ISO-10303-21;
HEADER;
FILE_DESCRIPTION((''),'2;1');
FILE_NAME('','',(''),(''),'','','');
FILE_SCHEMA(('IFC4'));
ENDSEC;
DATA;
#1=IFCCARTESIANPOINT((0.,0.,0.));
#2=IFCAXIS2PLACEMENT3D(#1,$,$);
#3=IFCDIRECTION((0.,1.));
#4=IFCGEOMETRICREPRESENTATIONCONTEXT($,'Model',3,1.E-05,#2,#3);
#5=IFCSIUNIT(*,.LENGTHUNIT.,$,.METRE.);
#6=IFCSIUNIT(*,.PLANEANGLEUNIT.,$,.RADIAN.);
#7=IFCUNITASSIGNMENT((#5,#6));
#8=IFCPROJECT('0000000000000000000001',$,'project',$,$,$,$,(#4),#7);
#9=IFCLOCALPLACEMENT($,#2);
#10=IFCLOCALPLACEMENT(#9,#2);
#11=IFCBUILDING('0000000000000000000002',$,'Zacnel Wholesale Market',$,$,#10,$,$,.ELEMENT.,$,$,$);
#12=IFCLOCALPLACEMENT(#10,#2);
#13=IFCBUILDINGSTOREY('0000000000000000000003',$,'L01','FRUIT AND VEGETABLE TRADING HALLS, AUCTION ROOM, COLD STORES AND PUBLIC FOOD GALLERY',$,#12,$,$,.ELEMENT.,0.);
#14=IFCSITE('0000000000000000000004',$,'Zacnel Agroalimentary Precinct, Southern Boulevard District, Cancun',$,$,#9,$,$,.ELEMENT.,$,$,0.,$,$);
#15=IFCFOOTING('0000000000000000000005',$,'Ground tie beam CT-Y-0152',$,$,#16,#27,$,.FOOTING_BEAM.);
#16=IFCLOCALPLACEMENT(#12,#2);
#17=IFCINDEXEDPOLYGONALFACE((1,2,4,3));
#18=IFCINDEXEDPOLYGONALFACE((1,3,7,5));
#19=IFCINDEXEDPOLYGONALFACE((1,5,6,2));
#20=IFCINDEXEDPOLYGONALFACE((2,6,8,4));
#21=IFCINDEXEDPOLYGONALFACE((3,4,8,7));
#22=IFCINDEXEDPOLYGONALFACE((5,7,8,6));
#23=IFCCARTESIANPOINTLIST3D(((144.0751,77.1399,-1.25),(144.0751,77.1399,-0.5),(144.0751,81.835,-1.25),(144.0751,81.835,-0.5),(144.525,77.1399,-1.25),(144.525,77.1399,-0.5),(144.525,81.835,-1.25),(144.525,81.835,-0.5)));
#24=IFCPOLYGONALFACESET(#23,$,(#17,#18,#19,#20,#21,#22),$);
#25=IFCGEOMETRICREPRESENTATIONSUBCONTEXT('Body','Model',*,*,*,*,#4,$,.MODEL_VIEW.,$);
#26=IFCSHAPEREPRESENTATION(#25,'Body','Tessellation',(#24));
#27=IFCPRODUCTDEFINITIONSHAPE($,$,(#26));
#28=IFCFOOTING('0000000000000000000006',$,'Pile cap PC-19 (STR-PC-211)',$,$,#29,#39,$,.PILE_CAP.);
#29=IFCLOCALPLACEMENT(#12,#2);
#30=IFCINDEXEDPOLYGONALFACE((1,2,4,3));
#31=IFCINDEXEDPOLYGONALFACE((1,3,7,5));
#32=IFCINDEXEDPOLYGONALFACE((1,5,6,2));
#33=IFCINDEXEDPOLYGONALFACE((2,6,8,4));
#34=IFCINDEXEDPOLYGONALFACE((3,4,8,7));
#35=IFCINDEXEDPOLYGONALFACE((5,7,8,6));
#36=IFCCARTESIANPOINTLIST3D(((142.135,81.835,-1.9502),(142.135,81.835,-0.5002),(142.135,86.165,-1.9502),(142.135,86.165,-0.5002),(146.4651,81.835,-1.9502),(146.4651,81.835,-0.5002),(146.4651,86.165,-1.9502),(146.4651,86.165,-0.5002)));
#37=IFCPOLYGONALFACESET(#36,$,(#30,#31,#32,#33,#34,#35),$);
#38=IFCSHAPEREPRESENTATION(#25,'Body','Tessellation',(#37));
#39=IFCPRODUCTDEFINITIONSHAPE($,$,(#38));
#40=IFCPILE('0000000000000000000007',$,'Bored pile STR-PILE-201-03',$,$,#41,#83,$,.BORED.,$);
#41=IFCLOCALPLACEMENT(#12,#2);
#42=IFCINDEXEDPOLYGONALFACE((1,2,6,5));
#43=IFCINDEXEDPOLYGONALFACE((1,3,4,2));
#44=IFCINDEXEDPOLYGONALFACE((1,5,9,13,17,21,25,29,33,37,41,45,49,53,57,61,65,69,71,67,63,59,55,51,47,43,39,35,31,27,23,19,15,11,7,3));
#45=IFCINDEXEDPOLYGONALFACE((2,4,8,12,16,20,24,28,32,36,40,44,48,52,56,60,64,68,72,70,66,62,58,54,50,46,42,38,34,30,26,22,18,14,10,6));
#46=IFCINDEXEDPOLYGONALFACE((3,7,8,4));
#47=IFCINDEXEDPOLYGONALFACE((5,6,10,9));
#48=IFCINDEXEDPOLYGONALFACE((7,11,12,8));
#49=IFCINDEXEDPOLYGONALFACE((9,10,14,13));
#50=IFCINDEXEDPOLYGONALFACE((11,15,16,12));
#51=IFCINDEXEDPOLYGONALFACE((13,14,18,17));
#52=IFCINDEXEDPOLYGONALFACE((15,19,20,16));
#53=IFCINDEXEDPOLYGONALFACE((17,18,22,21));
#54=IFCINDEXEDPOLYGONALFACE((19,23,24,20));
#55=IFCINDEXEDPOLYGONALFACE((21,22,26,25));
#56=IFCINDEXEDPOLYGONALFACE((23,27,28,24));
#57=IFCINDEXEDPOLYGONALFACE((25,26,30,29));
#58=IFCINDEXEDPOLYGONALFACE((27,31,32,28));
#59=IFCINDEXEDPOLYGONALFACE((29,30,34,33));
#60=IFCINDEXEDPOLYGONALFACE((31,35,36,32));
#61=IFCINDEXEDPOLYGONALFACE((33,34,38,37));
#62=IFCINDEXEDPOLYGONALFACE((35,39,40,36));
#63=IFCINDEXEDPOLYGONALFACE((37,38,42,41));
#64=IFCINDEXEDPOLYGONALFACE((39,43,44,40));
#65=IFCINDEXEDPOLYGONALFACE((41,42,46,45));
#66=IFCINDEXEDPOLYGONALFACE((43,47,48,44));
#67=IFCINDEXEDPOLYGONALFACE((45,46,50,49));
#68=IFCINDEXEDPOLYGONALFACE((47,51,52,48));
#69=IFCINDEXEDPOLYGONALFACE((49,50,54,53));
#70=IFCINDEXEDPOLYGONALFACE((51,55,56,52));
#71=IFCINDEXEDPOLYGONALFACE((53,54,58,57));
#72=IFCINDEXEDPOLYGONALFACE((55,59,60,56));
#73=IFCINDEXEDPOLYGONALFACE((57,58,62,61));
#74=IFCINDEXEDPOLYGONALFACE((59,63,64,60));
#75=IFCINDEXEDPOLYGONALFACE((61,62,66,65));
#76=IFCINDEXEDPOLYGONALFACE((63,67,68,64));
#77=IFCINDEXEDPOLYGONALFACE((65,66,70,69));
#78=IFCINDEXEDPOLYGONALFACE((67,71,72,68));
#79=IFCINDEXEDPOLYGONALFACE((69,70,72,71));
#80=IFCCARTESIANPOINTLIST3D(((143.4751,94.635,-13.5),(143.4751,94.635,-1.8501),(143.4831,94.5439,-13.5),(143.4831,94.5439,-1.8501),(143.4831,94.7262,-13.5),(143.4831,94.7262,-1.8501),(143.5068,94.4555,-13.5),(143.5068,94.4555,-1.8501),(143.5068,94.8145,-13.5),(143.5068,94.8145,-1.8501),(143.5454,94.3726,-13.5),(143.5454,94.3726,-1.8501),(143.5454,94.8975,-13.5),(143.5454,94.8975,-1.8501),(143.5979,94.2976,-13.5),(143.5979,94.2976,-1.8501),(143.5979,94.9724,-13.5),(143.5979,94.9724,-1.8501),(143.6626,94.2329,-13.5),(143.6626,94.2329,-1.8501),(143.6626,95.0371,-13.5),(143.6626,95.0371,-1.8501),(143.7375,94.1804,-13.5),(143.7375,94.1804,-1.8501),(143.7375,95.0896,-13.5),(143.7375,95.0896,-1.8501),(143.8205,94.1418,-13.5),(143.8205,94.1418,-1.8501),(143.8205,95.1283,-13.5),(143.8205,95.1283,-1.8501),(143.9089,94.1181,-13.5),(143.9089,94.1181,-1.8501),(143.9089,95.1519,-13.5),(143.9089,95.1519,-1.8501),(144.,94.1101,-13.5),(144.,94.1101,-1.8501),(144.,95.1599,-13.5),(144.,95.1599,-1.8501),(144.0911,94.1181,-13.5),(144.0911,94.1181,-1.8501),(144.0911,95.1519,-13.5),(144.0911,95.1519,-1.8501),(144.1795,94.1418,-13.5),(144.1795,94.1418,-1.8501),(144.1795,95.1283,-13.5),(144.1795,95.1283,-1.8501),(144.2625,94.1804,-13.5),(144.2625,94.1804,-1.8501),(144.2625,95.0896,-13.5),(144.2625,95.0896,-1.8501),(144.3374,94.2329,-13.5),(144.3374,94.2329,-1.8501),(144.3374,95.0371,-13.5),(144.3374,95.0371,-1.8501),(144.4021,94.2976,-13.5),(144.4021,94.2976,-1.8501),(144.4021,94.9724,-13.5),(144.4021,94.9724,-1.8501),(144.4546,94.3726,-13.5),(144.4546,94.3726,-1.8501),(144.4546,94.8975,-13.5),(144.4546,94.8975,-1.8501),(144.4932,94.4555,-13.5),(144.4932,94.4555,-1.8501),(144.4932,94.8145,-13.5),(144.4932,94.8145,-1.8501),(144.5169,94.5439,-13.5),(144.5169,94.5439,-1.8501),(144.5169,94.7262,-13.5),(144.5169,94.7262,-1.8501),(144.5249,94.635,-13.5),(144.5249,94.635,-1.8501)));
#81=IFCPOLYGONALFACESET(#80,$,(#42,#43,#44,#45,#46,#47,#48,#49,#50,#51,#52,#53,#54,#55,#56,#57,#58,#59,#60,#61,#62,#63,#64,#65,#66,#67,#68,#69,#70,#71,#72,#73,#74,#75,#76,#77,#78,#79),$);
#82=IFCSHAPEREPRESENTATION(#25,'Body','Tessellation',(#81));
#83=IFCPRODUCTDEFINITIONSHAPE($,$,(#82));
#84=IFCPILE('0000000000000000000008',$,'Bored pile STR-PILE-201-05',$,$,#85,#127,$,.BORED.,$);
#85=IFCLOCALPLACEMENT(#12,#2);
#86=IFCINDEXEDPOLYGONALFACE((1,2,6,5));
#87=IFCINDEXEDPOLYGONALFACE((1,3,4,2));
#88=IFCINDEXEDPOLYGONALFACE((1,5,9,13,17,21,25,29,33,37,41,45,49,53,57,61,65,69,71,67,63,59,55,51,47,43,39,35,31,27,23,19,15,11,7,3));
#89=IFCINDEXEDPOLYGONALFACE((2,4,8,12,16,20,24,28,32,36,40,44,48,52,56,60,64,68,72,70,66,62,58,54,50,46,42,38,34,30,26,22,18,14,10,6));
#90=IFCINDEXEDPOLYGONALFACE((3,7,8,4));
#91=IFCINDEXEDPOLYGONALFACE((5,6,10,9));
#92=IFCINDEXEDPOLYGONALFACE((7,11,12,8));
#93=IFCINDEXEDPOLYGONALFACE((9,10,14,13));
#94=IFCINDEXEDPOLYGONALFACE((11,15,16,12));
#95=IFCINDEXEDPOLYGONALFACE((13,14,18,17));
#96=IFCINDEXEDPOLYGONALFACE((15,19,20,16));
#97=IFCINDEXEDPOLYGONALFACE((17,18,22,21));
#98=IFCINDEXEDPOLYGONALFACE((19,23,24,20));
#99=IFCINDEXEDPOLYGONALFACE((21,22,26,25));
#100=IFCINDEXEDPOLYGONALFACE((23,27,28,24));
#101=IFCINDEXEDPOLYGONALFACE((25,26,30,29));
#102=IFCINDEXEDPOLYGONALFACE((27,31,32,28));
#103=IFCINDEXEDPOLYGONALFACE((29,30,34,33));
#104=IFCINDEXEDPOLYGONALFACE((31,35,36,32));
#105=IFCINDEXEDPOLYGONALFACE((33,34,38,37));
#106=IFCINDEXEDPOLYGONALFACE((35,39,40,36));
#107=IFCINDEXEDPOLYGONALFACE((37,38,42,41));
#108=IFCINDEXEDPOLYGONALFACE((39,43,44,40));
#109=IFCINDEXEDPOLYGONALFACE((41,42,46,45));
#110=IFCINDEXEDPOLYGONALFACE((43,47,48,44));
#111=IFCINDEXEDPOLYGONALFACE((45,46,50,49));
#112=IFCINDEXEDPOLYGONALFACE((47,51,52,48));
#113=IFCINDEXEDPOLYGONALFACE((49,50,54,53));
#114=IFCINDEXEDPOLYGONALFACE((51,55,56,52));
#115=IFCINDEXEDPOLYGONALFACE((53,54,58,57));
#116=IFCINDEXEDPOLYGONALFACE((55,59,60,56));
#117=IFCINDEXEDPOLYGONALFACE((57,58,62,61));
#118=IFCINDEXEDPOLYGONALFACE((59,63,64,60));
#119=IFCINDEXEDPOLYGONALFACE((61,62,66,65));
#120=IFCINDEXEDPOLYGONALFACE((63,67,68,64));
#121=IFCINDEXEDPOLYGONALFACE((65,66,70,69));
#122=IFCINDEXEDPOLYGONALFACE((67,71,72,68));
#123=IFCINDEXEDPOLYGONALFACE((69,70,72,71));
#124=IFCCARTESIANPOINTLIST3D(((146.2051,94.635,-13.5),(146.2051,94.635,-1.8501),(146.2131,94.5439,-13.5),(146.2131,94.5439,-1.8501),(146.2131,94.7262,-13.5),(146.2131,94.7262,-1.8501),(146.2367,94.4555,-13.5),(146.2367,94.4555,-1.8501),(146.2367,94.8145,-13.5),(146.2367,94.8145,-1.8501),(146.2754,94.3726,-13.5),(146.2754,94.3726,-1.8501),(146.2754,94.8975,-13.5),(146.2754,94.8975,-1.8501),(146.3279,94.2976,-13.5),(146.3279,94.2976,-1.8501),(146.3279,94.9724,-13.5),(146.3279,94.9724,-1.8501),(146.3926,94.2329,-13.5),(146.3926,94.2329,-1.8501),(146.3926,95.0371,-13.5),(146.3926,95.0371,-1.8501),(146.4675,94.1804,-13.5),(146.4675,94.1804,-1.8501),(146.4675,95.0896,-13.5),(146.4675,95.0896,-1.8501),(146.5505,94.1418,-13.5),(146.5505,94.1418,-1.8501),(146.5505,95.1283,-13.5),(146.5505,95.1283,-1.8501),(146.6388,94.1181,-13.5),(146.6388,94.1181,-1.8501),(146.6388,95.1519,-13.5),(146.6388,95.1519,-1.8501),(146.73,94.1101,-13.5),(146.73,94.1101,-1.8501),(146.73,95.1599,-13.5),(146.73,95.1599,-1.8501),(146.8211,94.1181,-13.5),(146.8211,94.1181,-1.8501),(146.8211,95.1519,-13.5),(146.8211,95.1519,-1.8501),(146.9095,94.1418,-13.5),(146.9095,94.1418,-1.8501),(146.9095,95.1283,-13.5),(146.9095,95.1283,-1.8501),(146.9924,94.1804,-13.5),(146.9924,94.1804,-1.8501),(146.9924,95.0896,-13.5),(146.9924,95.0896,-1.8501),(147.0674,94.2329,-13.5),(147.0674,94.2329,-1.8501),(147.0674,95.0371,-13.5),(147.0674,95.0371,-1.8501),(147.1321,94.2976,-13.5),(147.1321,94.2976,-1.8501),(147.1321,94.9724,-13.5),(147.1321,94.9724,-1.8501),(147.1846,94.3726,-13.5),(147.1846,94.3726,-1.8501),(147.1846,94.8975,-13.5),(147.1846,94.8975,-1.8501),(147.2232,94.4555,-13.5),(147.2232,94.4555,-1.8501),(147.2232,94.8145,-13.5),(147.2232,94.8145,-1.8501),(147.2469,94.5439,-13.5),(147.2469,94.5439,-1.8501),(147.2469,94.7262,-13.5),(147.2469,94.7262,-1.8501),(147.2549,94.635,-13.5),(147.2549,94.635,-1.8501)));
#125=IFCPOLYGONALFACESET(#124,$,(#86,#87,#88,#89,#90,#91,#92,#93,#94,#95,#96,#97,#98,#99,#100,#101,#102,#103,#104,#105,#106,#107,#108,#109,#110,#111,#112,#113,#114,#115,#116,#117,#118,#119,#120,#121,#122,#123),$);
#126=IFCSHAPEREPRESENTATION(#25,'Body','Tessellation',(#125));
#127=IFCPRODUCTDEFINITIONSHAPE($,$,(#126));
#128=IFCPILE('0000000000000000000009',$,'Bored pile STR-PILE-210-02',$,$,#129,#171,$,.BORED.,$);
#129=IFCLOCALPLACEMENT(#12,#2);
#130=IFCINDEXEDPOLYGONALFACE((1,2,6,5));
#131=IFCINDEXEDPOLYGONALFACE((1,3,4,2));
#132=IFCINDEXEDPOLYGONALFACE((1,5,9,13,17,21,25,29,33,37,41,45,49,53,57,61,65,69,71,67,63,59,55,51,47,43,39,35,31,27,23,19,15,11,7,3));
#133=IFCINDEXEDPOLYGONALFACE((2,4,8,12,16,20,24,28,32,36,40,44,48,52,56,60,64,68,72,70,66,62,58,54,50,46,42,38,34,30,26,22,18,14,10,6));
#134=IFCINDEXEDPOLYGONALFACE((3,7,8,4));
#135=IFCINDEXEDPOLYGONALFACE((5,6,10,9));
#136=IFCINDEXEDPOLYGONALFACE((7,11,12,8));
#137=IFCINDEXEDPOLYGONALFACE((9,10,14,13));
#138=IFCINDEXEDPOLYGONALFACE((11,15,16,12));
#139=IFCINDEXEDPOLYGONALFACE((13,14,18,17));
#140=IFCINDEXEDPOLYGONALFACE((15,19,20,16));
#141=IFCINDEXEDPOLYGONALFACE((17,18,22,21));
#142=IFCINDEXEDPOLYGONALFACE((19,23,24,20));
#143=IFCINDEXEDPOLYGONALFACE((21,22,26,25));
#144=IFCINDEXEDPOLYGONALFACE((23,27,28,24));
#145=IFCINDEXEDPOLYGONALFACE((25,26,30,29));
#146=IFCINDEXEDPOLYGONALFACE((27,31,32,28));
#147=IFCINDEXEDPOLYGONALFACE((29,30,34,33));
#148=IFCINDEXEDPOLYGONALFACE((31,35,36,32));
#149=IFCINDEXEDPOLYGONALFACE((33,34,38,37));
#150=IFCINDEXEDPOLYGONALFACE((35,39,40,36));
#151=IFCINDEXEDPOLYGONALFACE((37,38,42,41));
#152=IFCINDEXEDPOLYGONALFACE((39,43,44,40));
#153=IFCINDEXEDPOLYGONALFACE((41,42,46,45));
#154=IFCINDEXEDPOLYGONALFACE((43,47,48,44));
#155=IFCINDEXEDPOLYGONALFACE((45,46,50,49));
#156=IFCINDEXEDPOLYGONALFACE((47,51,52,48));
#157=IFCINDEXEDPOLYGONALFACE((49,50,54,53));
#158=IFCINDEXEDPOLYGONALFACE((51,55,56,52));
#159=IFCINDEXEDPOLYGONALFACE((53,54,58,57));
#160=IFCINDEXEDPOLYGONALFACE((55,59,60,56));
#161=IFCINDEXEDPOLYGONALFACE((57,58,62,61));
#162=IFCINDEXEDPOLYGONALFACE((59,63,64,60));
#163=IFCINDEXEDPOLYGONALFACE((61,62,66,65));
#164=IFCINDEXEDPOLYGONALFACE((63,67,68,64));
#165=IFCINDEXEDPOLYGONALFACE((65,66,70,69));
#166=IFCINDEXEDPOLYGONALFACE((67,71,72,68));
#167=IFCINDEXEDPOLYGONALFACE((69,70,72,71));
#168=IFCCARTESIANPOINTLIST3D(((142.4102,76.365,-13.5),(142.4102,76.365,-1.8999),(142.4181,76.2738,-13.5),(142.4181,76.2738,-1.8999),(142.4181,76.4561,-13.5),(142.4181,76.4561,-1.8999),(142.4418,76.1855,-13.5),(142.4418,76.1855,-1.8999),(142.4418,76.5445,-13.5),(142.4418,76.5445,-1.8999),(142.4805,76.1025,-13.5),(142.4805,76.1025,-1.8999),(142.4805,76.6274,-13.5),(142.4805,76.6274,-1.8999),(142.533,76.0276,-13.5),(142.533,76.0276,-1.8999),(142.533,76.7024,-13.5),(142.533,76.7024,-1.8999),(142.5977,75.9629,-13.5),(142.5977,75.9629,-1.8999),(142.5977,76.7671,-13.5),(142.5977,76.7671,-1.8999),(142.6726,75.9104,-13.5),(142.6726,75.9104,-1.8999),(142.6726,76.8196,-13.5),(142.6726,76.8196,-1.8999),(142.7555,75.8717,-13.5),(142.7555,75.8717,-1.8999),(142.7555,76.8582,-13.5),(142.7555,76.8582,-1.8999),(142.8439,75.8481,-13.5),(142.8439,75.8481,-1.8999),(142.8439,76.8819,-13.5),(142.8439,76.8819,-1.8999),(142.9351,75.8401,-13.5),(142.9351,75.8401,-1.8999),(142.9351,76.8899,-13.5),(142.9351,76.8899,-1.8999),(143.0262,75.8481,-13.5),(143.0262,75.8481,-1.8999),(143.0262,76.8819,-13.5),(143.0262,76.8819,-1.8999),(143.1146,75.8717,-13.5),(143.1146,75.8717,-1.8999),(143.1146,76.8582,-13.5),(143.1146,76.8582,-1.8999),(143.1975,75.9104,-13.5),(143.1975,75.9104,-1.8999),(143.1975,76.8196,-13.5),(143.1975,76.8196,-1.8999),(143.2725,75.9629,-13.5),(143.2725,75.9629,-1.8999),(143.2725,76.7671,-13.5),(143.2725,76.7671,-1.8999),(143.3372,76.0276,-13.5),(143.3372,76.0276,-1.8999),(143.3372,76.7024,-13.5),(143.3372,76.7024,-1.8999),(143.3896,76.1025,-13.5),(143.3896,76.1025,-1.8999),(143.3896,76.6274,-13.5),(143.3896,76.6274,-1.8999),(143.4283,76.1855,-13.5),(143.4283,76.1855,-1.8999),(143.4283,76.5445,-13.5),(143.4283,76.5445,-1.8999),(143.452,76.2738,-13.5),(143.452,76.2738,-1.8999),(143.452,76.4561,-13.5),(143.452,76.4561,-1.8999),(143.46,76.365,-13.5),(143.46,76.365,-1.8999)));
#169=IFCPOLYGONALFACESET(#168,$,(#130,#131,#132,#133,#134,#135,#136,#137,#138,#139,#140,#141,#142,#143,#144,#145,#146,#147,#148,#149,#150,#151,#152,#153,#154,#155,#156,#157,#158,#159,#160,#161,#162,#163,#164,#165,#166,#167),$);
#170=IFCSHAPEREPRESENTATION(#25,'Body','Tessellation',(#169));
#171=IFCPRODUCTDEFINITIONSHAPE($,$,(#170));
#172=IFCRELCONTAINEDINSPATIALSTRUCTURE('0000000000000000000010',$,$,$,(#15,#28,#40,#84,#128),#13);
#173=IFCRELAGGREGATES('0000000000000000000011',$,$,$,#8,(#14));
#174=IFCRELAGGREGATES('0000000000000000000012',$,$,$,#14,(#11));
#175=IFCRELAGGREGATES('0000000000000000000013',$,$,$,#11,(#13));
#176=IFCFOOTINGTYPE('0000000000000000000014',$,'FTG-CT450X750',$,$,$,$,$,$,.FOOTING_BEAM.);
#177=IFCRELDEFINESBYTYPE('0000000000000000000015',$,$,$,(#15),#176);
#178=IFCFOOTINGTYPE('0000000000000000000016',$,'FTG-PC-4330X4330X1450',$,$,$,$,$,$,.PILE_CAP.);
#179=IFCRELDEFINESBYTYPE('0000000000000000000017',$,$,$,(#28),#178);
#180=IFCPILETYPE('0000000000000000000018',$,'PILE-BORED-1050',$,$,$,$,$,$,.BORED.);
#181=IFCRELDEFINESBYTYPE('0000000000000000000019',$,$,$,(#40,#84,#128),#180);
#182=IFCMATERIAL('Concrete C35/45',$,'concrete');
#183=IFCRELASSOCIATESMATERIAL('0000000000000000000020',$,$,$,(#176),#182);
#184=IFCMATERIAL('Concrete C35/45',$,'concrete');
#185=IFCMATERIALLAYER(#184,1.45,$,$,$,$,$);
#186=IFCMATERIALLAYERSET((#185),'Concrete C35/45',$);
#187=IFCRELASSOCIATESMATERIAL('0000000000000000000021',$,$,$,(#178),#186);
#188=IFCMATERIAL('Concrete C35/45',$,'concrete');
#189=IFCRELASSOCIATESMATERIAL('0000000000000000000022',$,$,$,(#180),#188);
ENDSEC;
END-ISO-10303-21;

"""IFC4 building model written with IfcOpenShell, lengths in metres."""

from ifc_helpers import new_model, si_unit, direction, frame, origin, origin_2d, place, context, subcontext, project, spatial, rectangle, circle, extrude, material, layer, layer_set, material_profile, profile_set, type_object, element, save


model = new_model("IFC4")

# Units and contexts
model_context = context("Model", 3, precision=1e-05, world=origin(), true_north=direction((0.0, 1.0)))
body_context = subcontext(model_context, "Body", "Model", "MODEL_VIEW")
ifc_project = project(units=[si_unit("LENGTHUNIT", "METRE"), si_unit("PLANEANGLEUNIT", "RADIAN")], contexts=[model_context])

# Site, building, storey
site_placement = place(None, origin())
site = spatial("IfcSite", under=ifc_project, at=site_placement, Name="Zacnel Agroalimentary Precinct, Southern Boulevard District, Cancun", CompositionType="ELEMENT", RefElevation=0.0)
building_placement = place(site_placement, origin())
building = spatial("IfcBuilding", under=site, at=building_placement, Name="Zacnel Wholesale Market", CompositionType="ELEMENT")
storey_placement = place(building_placement, origin())
storey = spatial("IfcBuildingStorey", under=building, at=storey_placement, Name="L01", Description="FRUIT AND VEGETABLE TRADING HALLS, AUCTION ROOM, COLD STORES AND PUBLIC FOOD GALLERY", CompositionType="ELEMENT", Elevation=0.0)

# Footings
ifc_material_1 = material(Name="Concrete C35/45", Category="concrete")
ifc_material_profile_1 = material_profile(ifc_material_1, rectangle(XDim=0.45, YDim=0.75, at=origin_2d()), Name="CT 450x750")
ifc_profile_set_1 = profile_set([ifc_material_profile_1], Name="Concrete C35/45")
footing_type_1 = type_object("IfcFootingType", Name="FTG-CT450X750", PredefinedType="FOOTING_BEAM", material=ifc_profile_set_1)
footing_1_placement = place(storey_placement, frame((144.3, 77.1399, -0.875), z_axis=(0.0, 1.0, 0.0), x_axis=(-1.0, 0.0, 0.0)))
element("IfcFooting", 1, at=footing_1_placement, inside=storey, type_object=footing_type_1, Name="Ground tie beam CT-Y-0152", PredefinedType="FOOTING_BEAM", context=body_context, shape_type="SweptSolid", body=[
    extrude(rectangle(XDim=0.45, YDim=0.75, at=origin_2d()), origin(), (0.0, 0.0, 1.0), 4.6951),
])
ifc_material_2 = material(Name="Concrete C35/45", Category="concrete")
ifc_layer_1 = layer(ifc_material_2, 1.45)
ifc_layer_set_1 = layer_set([ifc_layer_1], Name="Concrete C35/45")
footing_type_2 = type_object("IfcFootingType", Name="FTG-PC-4330X4330X1450", PredefinedType="PILE_CAP", material=ifc_layer_set_1)
footing_2_placement = place(storey_placement, frame((144.3, 84.0, -1.9502), z_axis=(0.0, 0.0, 1.0), x_axis=(1.0, 0.0, 0.0)))
element("IfcFooting", 2, at=footing_2_placement, inside=storey, type_object=footing_type_2, Name="Pile cap PC-19 (STR-PC-211)", PredefinedType="PILE_CAP", context=body_context, shape_type="SweptSolid", body=[
    extrude(rectangle(XDim=4.3301, YDim=4.3301, at=origin_2d()), origin(), (0.0, 0.0, 1.0), 1.45),
])

# Piles
ifc_material_3 = material(Name="Concrete C35/45", Category="concrete")
ifc_material_profile_2 = material_profile(ifc_material_3, circle(Radius=0.5249, at=origin_2d()), Name="BORED PILE D1050")
ifc_profile_set_2 = profile_set([ifc_material_profile_2], Name="Concrete C35/45")
pile_type = type_object("IfcPileType", Name="PILE-BORED-1050", PredefinedType="BORED", material=ifc_profile_set_2)
for number, where, z_axis, x_axis, name in (
    (3, (144.0, 94.635, -1.8501), (0.0, 0.0, -1.0), (1.0, 0.0, 0.0), "Bored pile STR-PILE-201-03"),
    (4, (146.73, 94.635, -1.8501), (0.0, 0.0, -1.0), (1.0, 0.0, 0.0), "Bored pile STR-PILE-201-05"),
):
    element("IfcPile", number, at=place(storey_placement, frame(where, z_axis=z_axis, x_axis=x_axis)), inside=storey, type_object=pile_type, Name=name, PredefinedType="BORED", context=body_context, shape_type="SweptSolid", body=[
        extrude(circle(Radius=0.5249, at=origin_2d()), origin(), (0.0, 0.0, 1.0), 11.6499),
    ])
for number, where, z_axis, x_axis, name in (
    (5, (142.9351, 76.365, -1.8999), (0.0, 0.0, -1.0), (1.0, 0.0, 0.0), "Bored pile STR-PILE-210-02"),
):
    element("IfcPile", number, at=place(storey_placement, frame(where, z_axis=z_axis, x_axis=x_axis)), inside=storey, type_object=pile_type, Name=name, PredefinedType="BORED", context=body_context, shape_type="SweptSolid", body=[
        extrude(circle(Radius=0.5249, at=origin_2d()), origin(), (0.0, 0.0, 1.0), 11.6001),
    ])

save(model, "model.ifc")
